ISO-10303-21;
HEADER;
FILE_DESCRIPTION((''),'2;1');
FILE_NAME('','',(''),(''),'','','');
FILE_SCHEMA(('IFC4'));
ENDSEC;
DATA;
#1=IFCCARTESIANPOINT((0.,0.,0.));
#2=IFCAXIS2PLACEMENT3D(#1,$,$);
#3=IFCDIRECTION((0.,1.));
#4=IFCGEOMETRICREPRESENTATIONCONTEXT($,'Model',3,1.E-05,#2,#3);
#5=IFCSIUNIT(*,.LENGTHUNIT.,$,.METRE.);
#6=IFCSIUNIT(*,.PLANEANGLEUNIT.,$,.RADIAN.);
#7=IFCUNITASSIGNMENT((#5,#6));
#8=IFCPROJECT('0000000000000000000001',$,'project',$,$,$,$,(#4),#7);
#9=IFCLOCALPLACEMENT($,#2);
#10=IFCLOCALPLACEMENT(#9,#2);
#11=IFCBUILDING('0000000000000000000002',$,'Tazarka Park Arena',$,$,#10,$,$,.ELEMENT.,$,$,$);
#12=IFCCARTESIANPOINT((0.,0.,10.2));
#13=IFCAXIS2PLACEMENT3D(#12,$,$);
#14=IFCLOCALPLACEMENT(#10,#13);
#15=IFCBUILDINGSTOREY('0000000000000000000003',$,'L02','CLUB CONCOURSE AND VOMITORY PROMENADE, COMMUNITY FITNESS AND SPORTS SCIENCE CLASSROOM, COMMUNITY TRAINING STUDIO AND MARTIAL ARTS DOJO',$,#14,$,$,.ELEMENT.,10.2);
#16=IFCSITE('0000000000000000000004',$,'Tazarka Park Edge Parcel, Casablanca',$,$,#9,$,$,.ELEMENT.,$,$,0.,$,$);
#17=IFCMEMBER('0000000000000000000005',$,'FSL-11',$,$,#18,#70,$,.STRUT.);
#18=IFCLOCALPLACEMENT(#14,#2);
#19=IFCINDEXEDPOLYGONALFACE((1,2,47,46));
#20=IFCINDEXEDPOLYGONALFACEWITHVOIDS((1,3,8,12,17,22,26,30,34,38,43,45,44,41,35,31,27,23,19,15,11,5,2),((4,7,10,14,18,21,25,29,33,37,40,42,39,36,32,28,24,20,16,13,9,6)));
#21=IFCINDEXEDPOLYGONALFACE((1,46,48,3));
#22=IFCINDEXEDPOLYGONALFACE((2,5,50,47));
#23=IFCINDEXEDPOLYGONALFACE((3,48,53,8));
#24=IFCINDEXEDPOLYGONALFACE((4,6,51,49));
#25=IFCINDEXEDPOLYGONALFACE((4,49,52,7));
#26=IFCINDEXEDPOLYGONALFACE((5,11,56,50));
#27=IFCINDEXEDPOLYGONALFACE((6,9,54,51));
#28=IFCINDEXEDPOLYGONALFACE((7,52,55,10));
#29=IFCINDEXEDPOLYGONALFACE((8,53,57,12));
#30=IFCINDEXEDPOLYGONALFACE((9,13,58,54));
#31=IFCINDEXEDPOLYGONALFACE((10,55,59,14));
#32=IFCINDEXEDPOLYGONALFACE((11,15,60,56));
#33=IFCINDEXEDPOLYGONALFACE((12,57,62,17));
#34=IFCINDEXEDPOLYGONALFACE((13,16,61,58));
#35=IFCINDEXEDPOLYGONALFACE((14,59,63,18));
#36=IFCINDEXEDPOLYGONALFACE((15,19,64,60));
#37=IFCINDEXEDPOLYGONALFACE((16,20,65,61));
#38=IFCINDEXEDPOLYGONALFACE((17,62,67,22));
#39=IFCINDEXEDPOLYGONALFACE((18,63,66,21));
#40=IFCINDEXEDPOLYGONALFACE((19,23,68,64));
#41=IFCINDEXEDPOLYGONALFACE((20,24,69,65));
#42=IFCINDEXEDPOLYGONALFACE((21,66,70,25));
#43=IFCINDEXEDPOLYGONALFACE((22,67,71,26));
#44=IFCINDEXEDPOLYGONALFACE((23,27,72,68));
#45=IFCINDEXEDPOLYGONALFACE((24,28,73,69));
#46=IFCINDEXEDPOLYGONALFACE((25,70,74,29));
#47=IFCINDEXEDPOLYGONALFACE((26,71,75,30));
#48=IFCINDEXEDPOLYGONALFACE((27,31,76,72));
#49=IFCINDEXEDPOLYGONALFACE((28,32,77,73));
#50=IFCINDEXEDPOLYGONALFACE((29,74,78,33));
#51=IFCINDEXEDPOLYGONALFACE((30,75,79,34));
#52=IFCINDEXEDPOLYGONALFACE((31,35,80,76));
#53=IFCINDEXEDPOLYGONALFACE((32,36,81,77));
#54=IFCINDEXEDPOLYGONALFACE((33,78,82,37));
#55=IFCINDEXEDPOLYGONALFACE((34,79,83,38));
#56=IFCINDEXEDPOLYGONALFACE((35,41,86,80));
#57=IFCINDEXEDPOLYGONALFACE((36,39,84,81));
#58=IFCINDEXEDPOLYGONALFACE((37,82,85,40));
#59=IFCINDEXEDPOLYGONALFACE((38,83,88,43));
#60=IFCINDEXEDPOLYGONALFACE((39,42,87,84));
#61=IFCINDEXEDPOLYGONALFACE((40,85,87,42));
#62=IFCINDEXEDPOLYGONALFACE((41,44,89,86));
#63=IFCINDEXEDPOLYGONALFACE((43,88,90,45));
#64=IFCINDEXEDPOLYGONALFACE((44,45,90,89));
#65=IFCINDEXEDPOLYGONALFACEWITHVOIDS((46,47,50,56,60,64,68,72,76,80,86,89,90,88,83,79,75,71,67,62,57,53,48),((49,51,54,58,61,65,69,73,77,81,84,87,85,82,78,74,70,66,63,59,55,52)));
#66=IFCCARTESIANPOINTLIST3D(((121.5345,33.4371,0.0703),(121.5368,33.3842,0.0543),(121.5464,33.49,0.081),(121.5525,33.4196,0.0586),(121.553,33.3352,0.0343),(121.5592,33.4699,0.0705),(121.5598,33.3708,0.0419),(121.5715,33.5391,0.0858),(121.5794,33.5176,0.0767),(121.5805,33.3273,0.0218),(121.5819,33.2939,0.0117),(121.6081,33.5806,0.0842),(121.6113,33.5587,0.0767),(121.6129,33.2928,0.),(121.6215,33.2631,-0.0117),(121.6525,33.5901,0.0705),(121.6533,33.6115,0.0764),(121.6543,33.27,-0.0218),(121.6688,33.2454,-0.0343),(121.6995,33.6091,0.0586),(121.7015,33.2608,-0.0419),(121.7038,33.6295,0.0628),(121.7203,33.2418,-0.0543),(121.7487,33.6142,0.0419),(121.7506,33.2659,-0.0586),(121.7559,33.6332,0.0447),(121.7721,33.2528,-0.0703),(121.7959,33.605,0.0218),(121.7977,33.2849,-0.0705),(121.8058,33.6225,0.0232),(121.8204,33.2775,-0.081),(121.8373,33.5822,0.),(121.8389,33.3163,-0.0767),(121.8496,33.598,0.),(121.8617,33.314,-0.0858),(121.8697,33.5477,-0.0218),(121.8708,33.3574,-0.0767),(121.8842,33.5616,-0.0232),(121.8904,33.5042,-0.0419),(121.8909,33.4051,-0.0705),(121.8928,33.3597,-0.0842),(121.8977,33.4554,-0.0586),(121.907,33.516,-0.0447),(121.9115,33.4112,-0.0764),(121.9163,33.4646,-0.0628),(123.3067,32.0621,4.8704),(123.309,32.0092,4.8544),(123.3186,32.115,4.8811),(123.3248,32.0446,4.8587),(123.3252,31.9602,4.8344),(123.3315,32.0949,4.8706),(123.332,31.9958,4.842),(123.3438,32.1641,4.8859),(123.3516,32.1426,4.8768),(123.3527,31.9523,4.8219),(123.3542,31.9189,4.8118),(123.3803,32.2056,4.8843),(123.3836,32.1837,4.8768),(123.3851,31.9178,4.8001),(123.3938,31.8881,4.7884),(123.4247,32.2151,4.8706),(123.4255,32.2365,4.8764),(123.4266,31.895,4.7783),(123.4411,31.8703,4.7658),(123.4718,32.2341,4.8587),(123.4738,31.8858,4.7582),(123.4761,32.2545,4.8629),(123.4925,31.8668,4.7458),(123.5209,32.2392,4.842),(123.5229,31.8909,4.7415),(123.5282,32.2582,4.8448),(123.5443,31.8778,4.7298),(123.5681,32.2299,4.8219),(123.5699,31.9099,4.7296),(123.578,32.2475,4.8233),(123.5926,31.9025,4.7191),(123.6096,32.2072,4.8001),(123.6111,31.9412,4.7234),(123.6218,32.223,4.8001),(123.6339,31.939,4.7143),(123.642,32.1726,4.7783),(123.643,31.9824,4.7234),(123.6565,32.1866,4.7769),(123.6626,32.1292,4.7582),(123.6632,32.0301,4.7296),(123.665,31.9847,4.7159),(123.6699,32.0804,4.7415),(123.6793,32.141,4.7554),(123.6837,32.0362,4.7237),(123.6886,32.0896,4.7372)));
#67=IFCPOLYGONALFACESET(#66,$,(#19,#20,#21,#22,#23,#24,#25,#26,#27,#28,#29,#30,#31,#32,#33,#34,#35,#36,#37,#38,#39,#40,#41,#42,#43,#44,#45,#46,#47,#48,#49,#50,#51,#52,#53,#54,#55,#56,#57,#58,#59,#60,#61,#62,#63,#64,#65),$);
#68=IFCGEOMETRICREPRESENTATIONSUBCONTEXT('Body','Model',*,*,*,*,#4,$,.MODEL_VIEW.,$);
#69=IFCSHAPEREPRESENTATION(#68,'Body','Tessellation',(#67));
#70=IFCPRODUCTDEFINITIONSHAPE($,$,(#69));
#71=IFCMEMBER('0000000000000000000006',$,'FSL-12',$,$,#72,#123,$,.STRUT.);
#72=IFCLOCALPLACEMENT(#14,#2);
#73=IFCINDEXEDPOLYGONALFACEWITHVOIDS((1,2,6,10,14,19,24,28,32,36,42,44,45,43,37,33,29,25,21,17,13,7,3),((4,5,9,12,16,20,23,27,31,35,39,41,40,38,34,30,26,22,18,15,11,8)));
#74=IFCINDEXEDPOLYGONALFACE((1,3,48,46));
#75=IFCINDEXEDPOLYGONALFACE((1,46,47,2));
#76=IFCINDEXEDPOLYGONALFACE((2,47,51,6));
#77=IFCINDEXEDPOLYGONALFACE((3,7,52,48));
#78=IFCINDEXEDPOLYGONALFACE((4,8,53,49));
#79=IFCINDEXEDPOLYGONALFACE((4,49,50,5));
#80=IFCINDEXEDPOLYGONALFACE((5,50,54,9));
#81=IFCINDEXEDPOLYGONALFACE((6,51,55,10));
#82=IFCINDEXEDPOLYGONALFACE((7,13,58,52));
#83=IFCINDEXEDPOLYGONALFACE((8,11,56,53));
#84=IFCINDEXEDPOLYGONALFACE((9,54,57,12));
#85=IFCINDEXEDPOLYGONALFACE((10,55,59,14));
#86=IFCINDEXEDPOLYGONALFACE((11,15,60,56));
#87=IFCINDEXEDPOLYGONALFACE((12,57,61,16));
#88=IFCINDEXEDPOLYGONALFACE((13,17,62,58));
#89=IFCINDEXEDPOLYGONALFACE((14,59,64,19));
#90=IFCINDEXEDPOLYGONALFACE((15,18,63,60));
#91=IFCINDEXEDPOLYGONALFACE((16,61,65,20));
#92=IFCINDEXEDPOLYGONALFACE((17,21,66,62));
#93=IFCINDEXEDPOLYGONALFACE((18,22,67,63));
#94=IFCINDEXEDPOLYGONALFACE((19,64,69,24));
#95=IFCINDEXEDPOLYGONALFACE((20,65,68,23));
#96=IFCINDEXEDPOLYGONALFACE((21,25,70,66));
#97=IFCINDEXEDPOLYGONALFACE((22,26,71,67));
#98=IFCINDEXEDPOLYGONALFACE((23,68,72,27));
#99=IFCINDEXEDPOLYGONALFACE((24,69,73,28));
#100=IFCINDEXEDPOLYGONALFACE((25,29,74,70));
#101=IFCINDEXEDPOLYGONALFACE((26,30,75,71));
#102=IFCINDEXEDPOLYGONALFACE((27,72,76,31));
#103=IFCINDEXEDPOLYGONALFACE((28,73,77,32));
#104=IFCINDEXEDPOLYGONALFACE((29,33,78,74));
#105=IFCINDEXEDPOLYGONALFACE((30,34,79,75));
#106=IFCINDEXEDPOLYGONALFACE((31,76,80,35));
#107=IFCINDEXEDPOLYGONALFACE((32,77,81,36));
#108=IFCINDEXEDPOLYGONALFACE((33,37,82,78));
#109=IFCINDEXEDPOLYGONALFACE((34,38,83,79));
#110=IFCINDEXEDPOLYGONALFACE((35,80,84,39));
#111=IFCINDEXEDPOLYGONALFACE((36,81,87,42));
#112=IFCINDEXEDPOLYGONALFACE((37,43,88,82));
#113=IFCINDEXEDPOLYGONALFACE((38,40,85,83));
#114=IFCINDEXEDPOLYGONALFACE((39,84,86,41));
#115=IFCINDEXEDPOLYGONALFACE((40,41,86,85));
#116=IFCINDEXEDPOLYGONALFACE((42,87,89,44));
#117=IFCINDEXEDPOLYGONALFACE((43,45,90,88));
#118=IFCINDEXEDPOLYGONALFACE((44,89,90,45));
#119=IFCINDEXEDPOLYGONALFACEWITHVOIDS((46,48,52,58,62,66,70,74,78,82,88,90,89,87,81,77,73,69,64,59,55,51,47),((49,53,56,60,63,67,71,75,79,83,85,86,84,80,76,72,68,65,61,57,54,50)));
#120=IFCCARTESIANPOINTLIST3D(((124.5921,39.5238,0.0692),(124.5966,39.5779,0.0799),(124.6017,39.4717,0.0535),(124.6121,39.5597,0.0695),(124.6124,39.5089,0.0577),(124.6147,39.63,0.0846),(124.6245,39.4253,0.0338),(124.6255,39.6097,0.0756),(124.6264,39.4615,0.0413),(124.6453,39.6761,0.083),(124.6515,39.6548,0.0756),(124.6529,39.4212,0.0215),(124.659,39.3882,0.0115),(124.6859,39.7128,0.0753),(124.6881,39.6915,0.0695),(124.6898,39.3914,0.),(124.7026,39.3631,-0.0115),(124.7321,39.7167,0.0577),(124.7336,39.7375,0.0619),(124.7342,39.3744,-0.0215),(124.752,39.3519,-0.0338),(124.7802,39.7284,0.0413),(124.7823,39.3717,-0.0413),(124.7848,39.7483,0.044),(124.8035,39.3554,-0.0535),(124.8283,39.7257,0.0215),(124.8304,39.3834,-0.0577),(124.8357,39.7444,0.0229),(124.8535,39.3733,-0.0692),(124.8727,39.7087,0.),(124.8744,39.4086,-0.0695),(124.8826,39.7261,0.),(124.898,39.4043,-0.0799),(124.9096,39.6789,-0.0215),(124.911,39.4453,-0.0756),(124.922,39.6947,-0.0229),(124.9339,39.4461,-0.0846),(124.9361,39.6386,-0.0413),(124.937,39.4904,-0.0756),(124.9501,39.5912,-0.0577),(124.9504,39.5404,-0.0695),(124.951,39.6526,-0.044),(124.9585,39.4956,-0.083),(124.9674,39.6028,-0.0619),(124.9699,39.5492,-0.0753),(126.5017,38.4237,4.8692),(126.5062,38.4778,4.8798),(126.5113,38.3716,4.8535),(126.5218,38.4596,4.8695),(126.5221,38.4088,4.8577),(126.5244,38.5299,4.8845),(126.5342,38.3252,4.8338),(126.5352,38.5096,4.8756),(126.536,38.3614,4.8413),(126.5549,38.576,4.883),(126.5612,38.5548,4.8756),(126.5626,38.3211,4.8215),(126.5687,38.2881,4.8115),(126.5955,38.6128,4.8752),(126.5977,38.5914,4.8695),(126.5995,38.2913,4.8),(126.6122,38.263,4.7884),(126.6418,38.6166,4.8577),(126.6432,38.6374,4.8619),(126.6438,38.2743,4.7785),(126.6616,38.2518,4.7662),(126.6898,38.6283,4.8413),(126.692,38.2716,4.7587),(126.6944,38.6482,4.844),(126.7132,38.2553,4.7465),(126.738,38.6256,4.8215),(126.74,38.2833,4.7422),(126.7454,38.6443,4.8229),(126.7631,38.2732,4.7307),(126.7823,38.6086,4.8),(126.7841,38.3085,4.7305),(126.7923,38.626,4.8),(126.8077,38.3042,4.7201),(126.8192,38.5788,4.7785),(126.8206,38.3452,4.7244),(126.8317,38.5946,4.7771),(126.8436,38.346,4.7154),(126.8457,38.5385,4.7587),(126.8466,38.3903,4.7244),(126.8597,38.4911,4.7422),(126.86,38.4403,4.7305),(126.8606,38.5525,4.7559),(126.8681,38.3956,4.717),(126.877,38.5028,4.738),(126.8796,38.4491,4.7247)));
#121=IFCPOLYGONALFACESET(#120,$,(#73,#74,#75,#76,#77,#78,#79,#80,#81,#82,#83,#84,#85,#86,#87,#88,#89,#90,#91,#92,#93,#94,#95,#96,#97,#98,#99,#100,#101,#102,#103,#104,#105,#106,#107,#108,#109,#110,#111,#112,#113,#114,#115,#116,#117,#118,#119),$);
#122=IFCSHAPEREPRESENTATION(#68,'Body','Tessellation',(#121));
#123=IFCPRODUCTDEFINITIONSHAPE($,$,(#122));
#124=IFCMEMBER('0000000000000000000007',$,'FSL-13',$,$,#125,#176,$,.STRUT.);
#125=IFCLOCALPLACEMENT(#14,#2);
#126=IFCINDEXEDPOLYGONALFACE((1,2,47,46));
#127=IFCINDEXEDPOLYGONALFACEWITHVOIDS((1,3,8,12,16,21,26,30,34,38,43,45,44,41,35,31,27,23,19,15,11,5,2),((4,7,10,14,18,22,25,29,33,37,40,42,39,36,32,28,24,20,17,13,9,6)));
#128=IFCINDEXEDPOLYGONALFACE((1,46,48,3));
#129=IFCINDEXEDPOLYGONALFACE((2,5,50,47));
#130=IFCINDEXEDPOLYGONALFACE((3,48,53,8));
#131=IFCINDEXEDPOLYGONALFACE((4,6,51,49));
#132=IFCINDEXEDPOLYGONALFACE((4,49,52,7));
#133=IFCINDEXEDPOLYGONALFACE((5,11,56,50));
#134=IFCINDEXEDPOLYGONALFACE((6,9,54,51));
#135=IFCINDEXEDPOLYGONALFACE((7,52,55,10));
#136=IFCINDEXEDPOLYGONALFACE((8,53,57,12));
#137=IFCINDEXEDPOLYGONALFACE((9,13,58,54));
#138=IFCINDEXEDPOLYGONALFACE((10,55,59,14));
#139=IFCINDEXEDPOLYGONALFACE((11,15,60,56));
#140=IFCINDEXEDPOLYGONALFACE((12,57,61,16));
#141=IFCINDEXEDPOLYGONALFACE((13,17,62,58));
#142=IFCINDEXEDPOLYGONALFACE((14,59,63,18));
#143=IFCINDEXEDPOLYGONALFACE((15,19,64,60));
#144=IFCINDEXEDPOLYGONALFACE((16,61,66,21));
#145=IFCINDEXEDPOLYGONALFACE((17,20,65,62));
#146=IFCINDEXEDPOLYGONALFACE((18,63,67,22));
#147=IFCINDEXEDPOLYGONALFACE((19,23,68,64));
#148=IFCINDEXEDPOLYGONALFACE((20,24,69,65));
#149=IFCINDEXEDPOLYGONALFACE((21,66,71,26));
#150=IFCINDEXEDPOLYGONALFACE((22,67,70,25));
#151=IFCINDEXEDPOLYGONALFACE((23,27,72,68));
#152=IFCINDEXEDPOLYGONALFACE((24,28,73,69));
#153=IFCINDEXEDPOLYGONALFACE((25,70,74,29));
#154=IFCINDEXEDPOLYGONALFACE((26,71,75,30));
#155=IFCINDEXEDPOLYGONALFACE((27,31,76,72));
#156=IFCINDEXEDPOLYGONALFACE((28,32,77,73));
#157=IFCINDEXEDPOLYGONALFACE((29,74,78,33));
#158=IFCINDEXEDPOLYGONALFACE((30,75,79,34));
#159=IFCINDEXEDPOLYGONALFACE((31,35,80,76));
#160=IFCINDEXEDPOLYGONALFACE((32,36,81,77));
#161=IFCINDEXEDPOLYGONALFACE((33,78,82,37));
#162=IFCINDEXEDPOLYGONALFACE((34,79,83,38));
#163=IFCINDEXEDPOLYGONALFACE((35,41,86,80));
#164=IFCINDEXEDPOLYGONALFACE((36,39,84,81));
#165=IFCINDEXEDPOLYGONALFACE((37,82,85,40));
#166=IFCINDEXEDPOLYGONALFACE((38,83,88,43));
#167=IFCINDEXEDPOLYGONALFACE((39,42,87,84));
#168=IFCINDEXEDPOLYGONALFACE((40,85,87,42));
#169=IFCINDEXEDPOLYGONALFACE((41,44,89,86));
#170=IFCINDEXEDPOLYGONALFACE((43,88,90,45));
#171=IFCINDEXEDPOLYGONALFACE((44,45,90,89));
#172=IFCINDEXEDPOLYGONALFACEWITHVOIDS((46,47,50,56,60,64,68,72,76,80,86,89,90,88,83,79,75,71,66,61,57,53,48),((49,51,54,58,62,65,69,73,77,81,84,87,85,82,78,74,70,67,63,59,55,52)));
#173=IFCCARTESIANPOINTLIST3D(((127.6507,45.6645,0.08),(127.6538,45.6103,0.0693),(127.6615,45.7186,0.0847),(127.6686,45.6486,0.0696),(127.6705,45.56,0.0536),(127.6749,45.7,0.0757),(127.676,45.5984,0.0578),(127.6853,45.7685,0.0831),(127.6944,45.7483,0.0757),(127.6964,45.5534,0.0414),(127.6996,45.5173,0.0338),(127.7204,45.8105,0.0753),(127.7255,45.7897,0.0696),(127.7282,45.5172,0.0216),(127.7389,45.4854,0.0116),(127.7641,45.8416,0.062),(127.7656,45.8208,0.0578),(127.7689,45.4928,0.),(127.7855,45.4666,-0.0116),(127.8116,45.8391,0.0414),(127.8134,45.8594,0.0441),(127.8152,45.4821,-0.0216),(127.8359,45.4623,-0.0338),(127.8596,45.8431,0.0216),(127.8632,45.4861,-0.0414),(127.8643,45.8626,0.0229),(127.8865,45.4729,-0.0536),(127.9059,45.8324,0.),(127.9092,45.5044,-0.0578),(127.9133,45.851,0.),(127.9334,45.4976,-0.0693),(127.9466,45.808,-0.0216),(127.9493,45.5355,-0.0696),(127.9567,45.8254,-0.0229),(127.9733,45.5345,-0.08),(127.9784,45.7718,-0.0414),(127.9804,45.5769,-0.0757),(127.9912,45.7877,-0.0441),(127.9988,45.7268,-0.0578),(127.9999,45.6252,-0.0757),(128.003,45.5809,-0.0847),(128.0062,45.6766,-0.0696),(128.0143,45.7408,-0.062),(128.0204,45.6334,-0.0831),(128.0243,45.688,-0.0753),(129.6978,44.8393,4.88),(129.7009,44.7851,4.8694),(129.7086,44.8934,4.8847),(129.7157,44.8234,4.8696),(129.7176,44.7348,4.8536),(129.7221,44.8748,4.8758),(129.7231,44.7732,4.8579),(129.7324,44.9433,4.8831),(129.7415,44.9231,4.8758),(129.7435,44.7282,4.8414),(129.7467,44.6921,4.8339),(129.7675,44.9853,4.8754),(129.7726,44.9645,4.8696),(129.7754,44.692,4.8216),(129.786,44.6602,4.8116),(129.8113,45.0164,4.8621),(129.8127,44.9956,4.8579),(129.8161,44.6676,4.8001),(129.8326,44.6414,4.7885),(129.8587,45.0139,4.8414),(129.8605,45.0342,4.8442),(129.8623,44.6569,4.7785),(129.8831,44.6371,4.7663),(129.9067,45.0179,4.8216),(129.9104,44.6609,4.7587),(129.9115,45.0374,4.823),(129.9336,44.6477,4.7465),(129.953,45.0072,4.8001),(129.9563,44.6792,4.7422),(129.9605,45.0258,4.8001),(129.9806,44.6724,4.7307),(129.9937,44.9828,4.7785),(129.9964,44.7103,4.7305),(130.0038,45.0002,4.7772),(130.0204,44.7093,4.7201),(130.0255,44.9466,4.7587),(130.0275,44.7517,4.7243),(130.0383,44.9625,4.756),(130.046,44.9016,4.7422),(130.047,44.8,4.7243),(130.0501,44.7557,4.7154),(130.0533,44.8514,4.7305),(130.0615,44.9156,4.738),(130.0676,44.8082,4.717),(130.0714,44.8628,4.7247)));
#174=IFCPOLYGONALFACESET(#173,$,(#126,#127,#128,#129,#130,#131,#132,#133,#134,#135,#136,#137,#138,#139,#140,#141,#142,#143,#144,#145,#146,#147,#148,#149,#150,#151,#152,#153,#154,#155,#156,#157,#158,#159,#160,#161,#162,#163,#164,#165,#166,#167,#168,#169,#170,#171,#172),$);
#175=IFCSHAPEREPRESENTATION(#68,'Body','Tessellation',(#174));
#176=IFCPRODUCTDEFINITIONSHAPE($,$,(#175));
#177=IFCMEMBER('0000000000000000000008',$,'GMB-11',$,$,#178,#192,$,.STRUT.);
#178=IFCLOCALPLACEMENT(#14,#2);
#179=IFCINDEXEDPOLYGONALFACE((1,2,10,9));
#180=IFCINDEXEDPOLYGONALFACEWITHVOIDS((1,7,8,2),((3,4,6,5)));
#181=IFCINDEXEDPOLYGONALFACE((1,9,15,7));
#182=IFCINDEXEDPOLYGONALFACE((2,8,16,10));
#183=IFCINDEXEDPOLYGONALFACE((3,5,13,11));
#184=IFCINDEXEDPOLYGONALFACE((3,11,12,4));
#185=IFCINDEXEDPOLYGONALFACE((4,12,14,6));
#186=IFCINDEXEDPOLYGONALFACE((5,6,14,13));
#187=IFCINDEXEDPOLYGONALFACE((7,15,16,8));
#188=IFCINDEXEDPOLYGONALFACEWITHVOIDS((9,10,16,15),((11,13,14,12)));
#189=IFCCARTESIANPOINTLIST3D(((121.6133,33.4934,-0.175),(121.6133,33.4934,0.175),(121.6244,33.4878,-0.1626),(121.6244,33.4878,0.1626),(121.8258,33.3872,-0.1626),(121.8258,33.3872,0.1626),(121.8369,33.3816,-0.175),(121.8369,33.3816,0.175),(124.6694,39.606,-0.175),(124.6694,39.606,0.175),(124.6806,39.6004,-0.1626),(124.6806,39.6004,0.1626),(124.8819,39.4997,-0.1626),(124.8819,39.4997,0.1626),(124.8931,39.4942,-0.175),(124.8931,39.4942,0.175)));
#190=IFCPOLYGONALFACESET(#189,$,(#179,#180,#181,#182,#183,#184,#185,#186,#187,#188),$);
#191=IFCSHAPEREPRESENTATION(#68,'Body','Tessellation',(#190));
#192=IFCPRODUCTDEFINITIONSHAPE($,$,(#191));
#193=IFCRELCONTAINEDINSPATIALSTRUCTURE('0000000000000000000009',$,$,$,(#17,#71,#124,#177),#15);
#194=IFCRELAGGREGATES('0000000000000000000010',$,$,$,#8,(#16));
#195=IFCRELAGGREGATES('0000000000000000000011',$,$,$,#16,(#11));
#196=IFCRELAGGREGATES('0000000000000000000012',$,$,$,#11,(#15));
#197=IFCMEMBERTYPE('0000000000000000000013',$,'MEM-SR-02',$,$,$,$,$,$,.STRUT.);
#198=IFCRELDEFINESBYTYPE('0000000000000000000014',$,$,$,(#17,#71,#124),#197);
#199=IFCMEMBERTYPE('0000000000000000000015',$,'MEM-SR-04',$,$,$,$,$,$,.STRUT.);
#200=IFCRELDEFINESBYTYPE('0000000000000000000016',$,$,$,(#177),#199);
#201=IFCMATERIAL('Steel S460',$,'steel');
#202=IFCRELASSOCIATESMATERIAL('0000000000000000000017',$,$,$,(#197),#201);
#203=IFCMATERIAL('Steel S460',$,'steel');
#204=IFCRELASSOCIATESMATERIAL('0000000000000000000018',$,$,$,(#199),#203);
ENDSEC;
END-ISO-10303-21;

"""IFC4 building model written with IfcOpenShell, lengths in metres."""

from ifc_helpers import new_model, si_unit, direction, frame, origin, origin_2d, place, context, subcontext, project, spatial, hollow_rectangle, hollow_circle, extrude, material, material_profile, profile_set, type_object, element, save


model = new_model("IFC4")

# Units and contexts
model_context = context("Model", 3, precision=1e-05, world=origin(), true_north=direction((0.0, 1.0)))
body_context = subcontext(model_context, "Body", "Model", "MODEL_VIEW")
ifc_project = project(units=[si_unit("LENGTHUNIT", "METRE"), si_unit("PLANEANGLEUNIT", "RADIAN")], contexts=[model_context])

# Site, building, storey
site_placement = place(None, origin())
site = spatial("IfcSite", under=ifc_project, at=site_placement, Name="Tazarka Park Edge Parcel, Casablanca", CompositionType="ELEMENT", RefElevation=0.0)
building_placement = place(site_placement, origin())
building = spatial("IfcBuilding", under=site, at=building_placement, Name="Tazarka Park Arena", CompositionType="ELEMENT")
storey_placement = place(building_placement, frame((0.0, 0.0, 10.2)))
storey = spatial("IfcBuildingStorey", under=building, at=storey_placement, Name="L02", Description="CLUB CONCOURSE AND VOMITORY PROMENADE, COMMUNITY FITNESS AND SPORTS SCIENCE CLASSROOM, COMMUNITY TRAINING STUDIO AND MARTIAL ARTS DOJO", CompositionType="ELEMENT", Elevation=10.2)

# Members
ifc_material_1 = material(Name="Steel S460", Category="steel")
ifc_material_profile_1 = material_profile(ifc_material_1, hollow_circle(Radius=0.2031, WallThickness=0.02, at=origin_2d()), Name="Steel S460")
ifc_profile_set_1 = profile_set([ifc_material_profile_1], Name="Steel S460")
member_type_1 = type_object("IfcMemberType", Name="MEM-SR-02", PredefinedType="STRUT", material=ifc_profile_set_1)
member_1_placement = place(storey_placement, frame((121.7251, 33.4375, 0.0), z_axis=(0.334489, -0.259518, 0.905962), x_axis=(0.612998, 0.790084, 0.0)))
element("IfcMember", 1, at=member_1_placement, inside=storey, type_object=member_type_1, Name="FSL-11", PredefinedType="STRUT", context=body_context, shape_type="SweptSolid", body=[
    extrude(hollow_circle(Radius=0.2031, WallThickness=0.02, at=origin_2d()), origin(), (0.0, 0.0, 1.0), 5.2983),
])
member_2_placement = place(storey_placement, frame((124.7812, 39.55, 0.0), z_axis=(0.361556, -0.20828, 0.908789), x_axis=(0.499166, 0.866506, 0.0)))
element("IfcMember", 2, at=member_2_placement, inside=storey, type_object=member_type_1, Name="FSL-12", PredefinedType="STRUT", context=body_context, shape_type="SweptSolid", body=[
    extrude(hollow_circle(Radius=0.2031, WallThickness=0.02, at=origin_2d()), origin(), (0.0, 0.0, 1.0), 5.2817),
])
member_3_placement = place(storey_placement, frame((127.8374, 45.6626, 0.0), z_axis=(0.387478, -0.156193, 0.908551), x_axis=(0.373869, 0.927482, 0.0)))
element("IfcMember", 3, at=member_3_placement, inside=storey, type_object=member_type_1, Name="FSL-13", PredefinedType="STRUT", context=body_context, shape_type="SweptSolid", body=[
    extrude(hollow_circle(Radius=0.2031, WallThickness=0.02, at=origin_2d()), origin(), (0.0, 0.0, 1.0), 5.2832),
])
ifc_material_2 = material(Name="Steel S460", Category="steel")
ifc_material_profile_2 = material_profile(ifc_material_2, hollow_rectangle(XDim=0.25, YDim=0.3501, WallThickness=0.0125, at=origin_2d()), Name="Steel S460")
ifc_profile_set_2 = profile_set([ifc_material_profile_2], Name="Steel S460")
member_type_2 = type_object("IfcMemberType", Name="MEM-SR-04", PredefinedType="STRUT", material=ifc_profile_set_2)
for number, where, z_axis, x_axis, name in (
    (4, (121.7251, 33.4375, 0.0), (0.447199, 0.894434, 0.0), (-0.894434, 0.447199, 0.0), "GMB-11"),
):
    element("IfcMember", number, at=place(storey_placement, frame(where, z_axis=z_axis, x_axis=x_axis)), inside=storey, type_object=member_type_2, Name=name, PredefinedType="STRUT", context=body_context, shape_type="SweptSolid", body=[
        extrude(hollow_rectangle(XDim=0.25, YDim=0.3501, WallThickness=0.0125, at=origin_2d()), origin(), (0.0, 0.0, 1.0), 6.834),
    ])

save(model, "model.ifc")
